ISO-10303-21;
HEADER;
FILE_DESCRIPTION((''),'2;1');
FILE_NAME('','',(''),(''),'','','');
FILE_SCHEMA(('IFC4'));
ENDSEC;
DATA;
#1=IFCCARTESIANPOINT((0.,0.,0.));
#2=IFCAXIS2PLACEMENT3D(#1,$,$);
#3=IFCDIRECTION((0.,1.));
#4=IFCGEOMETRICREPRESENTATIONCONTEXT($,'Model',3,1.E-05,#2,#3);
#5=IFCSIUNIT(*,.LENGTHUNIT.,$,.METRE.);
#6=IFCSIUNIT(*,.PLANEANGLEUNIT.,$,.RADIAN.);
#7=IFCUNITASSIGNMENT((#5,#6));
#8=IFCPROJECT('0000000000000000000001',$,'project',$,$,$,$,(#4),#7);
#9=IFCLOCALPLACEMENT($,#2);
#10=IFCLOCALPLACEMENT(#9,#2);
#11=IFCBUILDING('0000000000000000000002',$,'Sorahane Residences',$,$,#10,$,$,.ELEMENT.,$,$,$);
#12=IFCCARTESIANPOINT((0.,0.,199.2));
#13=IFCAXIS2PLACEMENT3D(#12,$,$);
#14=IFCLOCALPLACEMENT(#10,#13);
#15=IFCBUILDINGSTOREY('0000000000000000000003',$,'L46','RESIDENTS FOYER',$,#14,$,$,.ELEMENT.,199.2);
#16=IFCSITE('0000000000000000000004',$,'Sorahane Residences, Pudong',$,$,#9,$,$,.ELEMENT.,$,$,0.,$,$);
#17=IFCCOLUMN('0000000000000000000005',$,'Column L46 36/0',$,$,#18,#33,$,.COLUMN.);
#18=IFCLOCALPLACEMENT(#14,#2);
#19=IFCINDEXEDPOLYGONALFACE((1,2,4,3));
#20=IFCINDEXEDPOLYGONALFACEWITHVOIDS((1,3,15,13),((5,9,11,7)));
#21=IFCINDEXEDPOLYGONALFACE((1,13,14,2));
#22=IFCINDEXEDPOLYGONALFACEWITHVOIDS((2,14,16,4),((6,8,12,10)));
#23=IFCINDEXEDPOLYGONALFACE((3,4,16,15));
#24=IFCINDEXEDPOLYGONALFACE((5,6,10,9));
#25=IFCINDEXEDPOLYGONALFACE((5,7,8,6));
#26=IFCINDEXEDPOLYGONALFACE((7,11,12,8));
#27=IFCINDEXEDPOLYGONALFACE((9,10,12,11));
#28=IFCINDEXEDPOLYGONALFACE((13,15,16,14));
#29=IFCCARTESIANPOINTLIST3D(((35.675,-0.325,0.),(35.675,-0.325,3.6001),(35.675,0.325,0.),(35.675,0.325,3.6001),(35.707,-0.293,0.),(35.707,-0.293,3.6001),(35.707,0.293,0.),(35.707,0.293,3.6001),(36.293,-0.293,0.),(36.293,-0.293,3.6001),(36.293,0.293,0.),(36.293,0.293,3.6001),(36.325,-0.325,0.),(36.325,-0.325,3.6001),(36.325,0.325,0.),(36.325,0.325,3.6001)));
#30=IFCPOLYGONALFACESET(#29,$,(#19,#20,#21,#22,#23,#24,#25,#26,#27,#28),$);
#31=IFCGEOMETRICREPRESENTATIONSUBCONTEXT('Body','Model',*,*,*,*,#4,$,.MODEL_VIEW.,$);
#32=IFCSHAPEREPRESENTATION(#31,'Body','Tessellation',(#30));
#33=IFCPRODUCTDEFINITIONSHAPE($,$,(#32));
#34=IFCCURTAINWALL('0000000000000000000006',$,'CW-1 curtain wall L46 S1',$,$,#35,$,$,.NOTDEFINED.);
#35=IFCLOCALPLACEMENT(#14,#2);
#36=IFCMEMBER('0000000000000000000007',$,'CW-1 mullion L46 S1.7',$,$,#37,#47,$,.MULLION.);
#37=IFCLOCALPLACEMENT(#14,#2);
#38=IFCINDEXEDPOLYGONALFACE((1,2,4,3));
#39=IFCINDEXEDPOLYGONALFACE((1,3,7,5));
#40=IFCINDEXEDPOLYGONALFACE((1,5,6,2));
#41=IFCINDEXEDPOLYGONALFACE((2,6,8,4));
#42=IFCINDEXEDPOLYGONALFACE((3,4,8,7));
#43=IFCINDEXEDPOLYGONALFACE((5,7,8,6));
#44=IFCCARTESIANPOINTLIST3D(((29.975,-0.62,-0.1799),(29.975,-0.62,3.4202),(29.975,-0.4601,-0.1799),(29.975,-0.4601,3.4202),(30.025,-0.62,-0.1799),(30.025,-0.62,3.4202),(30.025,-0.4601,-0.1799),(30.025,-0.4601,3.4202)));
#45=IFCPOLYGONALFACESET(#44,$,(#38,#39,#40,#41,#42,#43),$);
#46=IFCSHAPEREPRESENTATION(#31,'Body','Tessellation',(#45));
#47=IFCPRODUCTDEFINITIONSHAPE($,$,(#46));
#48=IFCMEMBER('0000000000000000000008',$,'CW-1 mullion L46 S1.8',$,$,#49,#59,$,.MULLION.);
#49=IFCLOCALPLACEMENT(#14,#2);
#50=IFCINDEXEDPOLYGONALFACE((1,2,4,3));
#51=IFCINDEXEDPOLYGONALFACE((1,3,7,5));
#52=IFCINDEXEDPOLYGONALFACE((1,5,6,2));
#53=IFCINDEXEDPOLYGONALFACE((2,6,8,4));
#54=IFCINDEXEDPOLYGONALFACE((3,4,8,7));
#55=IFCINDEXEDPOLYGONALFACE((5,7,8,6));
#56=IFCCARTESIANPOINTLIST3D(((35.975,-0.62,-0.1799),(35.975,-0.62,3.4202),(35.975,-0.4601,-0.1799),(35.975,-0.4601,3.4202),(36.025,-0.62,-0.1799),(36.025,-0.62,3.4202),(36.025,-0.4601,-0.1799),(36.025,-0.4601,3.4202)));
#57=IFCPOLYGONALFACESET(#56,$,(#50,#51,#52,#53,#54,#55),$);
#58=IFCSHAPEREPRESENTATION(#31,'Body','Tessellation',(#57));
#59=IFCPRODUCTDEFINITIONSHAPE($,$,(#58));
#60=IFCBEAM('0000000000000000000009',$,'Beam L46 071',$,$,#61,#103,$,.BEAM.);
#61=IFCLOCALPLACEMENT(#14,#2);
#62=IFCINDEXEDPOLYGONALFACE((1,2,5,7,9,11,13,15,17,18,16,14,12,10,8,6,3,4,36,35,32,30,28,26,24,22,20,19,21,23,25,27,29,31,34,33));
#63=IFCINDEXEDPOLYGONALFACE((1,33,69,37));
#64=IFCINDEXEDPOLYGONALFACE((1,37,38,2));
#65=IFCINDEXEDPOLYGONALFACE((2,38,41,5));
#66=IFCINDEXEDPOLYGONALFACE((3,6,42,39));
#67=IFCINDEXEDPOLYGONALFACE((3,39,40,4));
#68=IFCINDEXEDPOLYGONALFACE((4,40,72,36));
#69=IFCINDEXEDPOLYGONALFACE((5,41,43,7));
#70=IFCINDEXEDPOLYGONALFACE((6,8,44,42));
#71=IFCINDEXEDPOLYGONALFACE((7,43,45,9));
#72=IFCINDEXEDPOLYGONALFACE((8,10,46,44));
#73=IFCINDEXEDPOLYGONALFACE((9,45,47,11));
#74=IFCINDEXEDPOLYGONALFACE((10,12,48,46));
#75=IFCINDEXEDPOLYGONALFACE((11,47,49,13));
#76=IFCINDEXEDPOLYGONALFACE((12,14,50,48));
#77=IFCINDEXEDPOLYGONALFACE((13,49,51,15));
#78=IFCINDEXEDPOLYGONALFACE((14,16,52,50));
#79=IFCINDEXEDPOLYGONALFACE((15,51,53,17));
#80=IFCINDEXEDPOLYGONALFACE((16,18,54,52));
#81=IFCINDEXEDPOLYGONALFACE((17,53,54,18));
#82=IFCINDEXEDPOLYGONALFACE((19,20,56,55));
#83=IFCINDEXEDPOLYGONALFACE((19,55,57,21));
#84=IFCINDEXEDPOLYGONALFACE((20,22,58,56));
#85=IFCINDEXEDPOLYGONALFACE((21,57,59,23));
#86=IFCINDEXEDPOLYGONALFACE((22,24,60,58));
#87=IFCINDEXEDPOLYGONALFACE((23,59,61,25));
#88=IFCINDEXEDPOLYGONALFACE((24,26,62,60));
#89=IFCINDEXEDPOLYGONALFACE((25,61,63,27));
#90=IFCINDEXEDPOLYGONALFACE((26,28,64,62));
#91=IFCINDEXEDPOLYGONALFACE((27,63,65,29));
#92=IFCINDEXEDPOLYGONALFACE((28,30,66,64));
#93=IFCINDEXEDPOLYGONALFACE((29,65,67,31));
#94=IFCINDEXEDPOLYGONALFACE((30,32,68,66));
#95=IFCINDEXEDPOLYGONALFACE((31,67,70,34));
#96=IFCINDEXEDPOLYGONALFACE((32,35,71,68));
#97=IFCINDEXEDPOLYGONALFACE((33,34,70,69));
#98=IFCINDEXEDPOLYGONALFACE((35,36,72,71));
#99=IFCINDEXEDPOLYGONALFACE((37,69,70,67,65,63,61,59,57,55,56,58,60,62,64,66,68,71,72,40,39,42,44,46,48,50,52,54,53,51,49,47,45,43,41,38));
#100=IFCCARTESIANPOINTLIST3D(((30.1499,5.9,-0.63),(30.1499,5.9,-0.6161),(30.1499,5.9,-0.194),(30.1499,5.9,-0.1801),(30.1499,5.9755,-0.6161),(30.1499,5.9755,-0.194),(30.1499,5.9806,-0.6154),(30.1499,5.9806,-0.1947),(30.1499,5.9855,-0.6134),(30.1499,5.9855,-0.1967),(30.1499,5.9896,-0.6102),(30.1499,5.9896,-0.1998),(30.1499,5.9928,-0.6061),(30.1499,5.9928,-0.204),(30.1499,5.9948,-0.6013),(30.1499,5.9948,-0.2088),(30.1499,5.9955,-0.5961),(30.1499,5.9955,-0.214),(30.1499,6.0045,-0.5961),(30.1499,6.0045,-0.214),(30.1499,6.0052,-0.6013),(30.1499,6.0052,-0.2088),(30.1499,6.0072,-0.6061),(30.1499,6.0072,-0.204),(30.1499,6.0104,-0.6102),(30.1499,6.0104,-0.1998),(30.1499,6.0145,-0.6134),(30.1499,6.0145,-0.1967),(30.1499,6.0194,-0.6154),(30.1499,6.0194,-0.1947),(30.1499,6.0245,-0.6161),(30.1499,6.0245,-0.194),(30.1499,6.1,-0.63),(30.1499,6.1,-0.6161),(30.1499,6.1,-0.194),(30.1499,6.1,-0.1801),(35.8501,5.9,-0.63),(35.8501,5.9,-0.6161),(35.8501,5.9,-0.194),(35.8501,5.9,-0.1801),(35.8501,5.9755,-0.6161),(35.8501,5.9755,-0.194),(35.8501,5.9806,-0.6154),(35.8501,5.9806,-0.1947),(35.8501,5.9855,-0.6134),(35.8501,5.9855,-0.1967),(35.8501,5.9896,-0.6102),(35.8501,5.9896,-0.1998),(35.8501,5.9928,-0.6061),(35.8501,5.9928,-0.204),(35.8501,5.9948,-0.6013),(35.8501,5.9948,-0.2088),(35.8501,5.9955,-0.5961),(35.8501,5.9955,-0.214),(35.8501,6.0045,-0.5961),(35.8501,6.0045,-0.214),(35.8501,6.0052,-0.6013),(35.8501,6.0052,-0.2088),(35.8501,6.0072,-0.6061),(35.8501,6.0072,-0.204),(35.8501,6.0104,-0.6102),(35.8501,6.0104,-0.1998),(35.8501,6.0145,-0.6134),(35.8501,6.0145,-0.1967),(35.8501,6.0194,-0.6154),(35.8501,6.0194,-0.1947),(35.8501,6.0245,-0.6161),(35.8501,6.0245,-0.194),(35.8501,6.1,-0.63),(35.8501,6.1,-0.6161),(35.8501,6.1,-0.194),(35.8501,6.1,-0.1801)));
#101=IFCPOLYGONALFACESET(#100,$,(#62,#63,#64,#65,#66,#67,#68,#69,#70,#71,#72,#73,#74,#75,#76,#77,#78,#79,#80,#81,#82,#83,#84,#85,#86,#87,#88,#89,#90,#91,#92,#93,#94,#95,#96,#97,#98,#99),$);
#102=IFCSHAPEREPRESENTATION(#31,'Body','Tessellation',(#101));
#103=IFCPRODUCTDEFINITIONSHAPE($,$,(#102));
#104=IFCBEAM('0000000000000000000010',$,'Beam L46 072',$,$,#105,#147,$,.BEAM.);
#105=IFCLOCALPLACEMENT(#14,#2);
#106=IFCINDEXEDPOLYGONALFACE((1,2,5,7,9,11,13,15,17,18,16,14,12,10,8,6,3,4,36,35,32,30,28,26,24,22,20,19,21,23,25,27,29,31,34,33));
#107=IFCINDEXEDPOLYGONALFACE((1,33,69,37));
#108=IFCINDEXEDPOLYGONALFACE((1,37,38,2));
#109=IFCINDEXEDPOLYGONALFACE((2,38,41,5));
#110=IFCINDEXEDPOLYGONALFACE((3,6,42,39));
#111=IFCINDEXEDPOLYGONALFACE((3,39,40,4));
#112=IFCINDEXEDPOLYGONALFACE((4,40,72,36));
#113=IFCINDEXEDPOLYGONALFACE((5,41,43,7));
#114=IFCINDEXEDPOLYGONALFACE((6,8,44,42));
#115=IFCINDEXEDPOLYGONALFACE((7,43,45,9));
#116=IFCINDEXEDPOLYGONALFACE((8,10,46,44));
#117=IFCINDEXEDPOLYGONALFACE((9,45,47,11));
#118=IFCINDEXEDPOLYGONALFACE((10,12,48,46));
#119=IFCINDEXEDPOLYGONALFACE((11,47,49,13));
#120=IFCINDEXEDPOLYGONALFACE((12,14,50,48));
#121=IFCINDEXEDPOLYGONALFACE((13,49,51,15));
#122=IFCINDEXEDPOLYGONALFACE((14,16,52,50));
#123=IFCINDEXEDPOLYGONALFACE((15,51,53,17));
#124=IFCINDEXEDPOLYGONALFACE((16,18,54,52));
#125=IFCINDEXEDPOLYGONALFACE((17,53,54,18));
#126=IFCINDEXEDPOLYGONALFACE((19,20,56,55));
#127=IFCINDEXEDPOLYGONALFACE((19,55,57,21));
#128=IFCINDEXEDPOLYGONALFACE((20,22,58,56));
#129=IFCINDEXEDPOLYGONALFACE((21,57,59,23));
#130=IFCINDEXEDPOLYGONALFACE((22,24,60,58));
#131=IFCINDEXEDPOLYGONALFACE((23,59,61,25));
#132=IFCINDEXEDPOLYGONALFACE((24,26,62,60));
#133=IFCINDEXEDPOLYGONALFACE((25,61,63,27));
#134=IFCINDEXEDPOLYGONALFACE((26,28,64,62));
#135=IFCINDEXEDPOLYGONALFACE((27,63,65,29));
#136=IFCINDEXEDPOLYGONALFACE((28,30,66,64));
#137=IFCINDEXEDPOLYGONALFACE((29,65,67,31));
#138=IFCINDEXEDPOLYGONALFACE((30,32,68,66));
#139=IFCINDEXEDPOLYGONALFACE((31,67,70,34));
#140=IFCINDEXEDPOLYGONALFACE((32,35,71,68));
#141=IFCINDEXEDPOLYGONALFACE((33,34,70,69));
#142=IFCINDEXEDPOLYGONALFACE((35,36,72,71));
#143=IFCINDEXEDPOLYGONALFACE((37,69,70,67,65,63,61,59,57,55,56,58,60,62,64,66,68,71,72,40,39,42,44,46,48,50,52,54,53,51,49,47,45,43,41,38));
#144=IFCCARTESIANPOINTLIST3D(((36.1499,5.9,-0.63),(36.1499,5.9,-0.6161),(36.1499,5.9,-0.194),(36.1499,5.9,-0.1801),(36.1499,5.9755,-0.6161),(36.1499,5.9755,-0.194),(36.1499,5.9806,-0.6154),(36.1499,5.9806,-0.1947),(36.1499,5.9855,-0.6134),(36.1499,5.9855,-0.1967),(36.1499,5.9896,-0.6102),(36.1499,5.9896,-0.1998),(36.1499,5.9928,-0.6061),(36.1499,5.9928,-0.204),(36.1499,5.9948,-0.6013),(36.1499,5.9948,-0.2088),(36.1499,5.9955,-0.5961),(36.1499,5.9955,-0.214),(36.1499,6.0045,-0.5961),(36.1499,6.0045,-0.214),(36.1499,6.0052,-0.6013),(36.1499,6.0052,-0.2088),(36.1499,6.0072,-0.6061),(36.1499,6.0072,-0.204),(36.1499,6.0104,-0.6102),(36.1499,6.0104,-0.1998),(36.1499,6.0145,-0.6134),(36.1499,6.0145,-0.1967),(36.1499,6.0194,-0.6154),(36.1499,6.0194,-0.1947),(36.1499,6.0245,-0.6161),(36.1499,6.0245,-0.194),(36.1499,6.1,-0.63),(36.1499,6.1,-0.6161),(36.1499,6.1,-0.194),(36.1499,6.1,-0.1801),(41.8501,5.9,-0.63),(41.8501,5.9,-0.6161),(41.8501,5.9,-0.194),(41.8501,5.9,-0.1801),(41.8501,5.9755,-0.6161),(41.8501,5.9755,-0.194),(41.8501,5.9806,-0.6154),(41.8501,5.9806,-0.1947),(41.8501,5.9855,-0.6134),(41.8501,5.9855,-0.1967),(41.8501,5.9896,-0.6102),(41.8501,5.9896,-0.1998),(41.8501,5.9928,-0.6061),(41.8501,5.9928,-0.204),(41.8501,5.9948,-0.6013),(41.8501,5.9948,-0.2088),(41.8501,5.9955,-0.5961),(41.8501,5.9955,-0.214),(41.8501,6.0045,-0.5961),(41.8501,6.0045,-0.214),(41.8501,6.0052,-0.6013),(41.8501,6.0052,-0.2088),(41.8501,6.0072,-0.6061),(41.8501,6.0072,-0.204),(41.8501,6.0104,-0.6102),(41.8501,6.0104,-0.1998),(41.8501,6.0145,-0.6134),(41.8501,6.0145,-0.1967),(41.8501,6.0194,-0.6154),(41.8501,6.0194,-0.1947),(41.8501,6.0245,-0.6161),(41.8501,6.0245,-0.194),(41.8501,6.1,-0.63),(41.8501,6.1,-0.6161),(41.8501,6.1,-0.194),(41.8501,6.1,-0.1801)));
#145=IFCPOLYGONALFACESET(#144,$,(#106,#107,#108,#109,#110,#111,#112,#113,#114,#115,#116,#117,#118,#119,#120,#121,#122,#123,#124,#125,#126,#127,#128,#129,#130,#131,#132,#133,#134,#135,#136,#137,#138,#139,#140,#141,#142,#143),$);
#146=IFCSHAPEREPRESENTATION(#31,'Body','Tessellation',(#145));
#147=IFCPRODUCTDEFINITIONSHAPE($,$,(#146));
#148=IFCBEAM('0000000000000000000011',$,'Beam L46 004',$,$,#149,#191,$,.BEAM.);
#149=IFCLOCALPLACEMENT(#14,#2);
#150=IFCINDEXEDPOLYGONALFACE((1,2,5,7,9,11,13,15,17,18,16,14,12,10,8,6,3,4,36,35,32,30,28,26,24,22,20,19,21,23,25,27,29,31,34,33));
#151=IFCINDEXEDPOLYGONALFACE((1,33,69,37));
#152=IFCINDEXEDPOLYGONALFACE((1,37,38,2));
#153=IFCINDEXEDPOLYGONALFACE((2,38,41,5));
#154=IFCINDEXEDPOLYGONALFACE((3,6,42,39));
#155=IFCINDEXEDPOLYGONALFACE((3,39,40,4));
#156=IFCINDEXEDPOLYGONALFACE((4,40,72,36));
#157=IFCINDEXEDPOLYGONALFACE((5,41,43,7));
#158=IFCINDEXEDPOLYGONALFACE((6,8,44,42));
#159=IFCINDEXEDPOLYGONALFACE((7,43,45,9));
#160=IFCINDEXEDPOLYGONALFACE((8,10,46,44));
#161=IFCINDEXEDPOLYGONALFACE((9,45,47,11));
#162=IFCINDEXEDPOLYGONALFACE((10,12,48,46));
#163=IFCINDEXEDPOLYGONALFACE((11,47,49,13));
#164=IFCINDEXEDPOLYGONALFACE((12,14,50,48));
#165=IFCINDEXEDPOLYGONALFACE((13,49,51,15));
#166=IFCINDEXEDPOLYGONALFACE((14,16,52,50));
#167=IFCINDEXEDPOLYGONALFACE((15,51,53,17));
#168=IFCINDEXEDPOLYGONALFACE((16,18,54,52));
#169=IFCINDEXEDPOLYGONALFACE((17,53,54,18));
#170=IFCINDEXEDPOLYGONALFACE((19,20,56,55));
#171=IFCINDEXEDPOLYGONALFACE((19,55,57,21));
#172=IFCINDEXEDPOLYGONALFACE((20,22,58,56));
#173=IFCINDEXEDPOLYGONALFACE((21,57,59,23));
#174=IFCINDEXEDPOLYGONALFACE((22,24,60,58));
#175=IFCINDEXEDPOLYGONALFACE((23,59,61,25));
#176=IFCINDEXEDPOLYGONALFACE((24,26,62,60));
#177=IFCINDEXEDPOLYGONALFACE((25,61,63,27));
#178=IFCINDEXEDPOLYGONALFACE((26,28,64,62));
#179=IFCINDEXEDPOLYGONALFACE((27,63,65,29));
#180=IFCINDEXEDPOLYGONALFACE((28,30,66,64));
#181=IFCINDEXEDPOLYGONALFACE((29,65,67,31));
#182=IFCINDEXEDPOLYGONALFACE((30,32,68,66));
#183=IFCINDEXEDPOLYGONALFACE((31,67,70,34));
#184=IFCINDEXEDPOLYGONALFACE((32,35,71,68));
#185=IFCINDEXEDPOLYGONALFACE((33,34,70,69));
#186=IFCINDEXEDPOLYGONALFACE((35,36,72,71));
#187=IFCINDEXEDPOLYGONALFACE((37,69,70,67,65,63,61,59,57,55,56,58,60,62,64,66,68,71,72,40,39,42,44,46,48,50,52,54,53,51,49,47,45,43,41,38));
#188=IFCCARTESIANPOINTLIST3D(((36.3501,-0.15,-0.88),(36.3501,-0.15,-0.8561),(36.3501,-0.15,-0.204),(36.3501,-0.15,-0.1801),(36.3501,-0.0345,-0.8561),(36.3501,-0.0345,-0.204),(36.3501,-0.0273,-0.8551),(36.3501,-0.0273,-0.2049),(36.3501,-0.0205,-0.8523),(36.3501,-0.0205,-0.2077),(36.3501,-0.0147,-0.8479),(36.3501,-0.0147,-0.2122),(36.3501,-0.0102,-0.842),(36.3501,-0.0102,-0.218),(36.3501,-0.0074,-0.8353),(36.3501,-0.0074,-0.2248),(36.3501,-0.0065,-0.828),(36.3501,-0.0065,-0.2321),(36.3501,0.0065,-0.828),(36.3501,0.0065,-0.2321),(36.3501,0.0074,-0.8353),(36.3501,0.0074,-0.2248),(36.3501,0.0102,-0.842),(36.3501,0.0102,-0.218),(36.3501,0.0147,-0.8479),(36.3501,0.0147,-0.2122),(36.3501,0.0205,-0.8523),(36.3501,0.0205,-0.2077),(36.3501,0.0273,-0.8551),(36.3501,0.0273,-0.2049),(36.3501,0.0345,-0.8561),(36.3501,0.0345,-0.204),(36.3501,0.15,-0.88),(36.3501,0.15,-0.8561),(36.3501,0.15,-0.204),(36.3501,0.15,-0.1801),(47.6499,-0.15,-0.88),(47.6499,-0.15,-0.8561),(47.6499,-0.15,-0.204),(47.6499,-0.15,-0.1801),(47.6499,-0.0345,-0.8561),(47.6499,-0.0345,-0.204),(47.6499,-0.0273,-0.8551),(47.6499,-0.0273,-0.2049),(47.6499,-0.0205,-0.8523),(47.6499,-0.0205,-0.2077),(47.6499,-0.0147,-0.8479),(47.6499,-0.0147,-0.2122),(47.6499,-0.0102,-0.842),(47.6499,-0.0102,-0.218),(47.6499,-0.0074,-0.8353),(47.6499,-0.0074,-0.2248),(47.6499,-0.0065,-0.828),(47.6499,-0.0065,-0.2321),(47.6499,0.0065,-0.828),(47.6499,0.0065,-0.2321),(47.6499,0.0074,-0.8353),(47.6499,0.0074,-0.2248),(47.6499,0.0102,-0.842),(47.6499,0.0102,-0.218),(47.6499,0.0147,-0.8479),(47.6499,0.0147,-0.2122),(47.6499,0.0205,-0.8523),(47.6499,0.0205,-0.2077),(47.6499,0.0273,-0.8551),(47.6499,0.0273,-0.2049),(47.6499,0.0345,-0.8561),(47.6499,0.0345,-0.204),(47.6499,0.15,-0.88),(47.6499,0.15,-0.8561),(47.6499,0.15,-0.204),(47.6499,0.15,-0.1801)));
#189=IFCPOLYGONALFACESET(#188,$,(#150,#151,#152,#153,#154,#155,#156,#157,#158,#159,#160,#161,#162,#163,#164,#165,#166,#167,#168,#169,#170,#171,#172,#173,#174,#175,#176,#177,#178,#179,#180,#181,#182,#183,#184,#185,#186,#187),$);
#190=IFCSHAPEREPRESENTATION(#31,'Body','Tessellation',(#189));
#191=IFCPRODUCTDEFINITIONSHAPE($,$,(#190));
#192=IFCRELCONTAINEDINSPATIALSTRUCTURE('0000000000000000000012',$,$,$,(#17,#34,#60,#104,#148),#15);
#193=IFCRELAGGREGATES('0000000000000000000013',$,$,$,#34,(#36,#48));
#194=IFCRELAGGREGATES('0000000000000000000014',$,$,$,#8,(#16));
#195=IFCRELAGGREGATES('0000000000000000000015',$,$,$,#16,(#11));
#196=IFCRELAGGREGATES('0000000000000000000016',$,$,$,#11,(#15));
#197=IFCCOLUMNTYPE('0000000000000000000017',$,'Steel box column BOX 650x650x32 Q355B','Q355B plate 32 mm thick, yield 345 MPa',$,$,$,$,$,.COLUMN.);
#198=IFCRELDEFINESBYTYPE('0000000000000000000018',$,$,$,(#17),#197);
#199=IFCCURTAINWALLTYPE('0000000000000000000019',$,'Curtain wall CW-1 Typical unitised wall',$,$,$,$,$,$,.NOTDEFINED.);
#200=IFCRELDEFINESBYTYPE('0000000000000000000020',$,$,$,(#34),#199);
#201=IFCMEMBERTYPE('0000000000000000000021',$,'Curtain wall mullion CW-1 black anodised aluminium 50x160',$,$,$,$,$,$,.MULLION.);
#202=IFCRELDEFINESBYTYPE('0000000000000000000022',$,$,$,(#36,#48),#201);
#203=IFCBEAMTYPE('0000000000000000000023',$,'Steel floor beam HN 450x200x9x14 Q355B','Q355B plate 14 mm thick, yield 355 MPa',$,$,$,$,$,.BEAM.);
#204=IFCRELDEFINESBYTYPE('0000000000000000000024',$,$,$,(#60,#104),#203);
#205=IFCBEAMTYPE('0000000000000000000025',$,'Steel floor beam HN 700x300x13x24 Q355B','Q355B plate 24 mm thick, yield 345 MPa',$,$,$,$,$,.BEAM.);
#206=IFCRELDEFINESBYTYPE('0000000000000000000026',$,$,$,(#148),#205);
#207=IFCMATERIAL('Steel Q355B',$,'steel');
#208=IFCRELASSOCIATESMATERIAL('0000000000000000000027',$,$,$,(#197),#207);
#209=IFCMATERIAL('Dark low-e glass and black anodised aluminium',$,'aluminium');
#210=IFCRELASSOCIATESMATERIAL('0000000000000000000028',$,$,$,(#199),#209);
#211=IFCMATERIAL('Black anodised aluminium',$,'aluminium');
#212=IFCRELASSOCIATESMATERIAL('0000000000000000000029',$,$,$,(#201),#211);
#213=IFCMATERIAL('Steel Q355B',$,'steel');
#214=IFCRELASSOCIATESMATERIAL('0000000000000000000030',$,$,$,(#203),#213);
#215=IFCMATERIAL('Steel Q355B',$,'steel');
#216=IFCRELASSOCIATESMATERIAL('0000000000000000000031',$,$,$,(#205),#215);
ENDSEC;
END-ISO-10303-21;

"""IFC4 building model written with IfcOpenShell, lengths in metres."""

from ifc_helpers import new_model, si_unit, direction, frame, origin, origin_2d, place, context, subcontext, project, spatial, rectangle, hollow_rectangle, i_section, extrude, material, material_profile, profile_set, type_object, element, aggregate, save


model = new_model("IFC4")

# Units and contexts
model_context = context("Model", 3, precision=1e-05, world=origin(), true_north=direction((0.0, 1.0)))
body_context = subcontext(model_context, "Body", "Model", "MODEL_VIEW")
ifc_project = project(units=[si_unit("LENGTHUNIT", "METRE"), si_unit("PLANEANGLEUNIT", "RADIAN")], contexts=[model_context])

# Site, building, storey
site_placement = place(None, origin())
site = spatial("IfcSite", under=ifc_project, at=site_placement, Name="Sorahane Residences, Pudong", CompositionType="ELEMENT", RefElevation=0.0)
building_placement = place(site_placement, origin())
building = spatial("IfcBuilding", under=site, at=building_placement, Name="Sorahane Residences", CompositionType="ELEMENT")
storey_placement = place(building_placement, frame((0.0, 0.0, 199.2)))
storey = spatial("IfcBuildingStorey", under=building, at=storey_placement, Name="L46", Description="RESIDENTS FOYER", CompositionType="ELEMENT", Elevation=199.2)

# Column
ifc_material_1 = material(Name="Steel Q355B", Category="steel")
ifc_material_profile_1 = material_profile(ifc_material_1, hollow_rectangle(XDim=0.6499, YDim=0.6499, WallThickness=0.032, at=origin_2d()), Name="BOX 650x650x32")
ifc_profile_set_1 = profile_set([ifc_material_profile_1], Name="Steel Q355B")
column_type = type_object("IfcColumnType", Name="Steel box column BOX 650x650x32 Q355B", Description="Q355B plate 32 mm thick, yield 345 MPa", PredefinedType="COLUMN", material=ifc_profile_set_1)
column_placement = place(storey_placement, frame((36.0, 0.0, 0.0), z_axis=(0.0, 0.0, 1.0), x_axis=(1.0, 0.0, 0.0)))
element("IfcColumn", 1, at=column_placement, inside=storey, type_object=column_type, Name="Column L46 36/0", PredefinedType="COLUMN", context=body_context, shape_type="SweptSolid", body=[
    extrude(hollow_rectangle(XDim=0.6499, YDim=0.6499, WallThickness=0.032, at=origin_2d()), origin(), (0.0, 0.0, 1.0), 3.6001),
])

# Curtain wall, members
ifc_material_2 = material(Name="Dark low-e glass and black anodised aluminium", Category="aluminium")
curtain_wall_type = type_object("IfcCurtainWallType", Name="Curtain wall CW-1 Typical unitised wall", PredefinedType="NOTDEFINED", material=ifc_material_2)
curtain_wall_placement = place(storey_placement, origin())
curtain_wall = element("IfcCurtainWall", 2, at=curtain_wall_placement, inside=storey, type_object=curtain_wall_type, Name="CW-1 curtain wall L46 S1", PredefinedType="NOTDEFINED")
ifc_material_3 = material(Name="Black anodised aluminium", Category="aluminium")
ifc_material_profile_2 = material_profile(ifc_material_3, rectangle(XDim=0.1599, YDim=0.05, at=origin_2d()), Name="Curtain wall mullion CW-1 black anodised aluminium 50x160")
ifc_profile_set_2 = profile_set([ifc_material_profile_2], Name="Black anodised aluminium")
member_type = type_object("IfcMemberType", Name="Curtain wall mullion CW-1 black anodised aluminium 50x160", PredefinedType="MULLION", material=ifc_profile_set_2)
member_1_placement = place(storey_placement, frame((30.0, -0.54, -0.1799), z_axis=(0.0, 0.0, 1.0), x_axis=(0.0, -1.0, 0.0)))
member_1 = element("IfcMember", 3, at=member_1_placement, type_object=member_type, Name="CW-1 mullion L46 S1.7", PredefinedType="MULLION", context=body_context, shape_type="SweptSolid", body=[
    extrude(rectangle(XDim=0.1599, YDim=0.05, at=origin_2d()), origin(), (0.0, 0.0, 1.0), 3.6001),
])
member_2_placement = place(storey_placement, frame((36.0, -0.54, -0.1799), z_axis=(0.0, 0.0, 1.0), x_axis=(0.0, -1.0, 0.0)))
member_2 = element("IfcMember", 4, at=member_2_placement, type_object=member_type, Name="CW-1 mullion L46 S1.8", PredefinedType="MULLION", context=body_context, shape_type="SweptSolid", body=[
    extrude(rectangle(XDim=0.1599, YDim=0.05, at=origin_2d()), origin(), (0.0, 0.0, 1.0), 3.6001),
])

# Beams
ifc_material_4 = material(Name="Steel Q355B", Category="steel")
ifc_material_profile_3 = material_profile(ifc_material_4, i_section(OverallWidth=0.2, OverallDepth=0.45, WebThickness=0.009, FlangeThickness=0.0139, FilletRadius=0.02, at=origin_2d()), Name="HN 450x200x9x14")
ifc_profile_set_3 = profile_set([ifc_material_profile_3], Name="Steel Q355B")
beam_type_1 = type_object("IfcBeamType", Name="Steel floor beam HN 450x200x9x14 Q355B", Description="Q355B plate 14 mm thick, yield 355 MPa", PredefinedType="BEAM", material=ifc_profile_set_3)
for number, where, z_axis, x_axis, name in (
    (5, (30.1499, 6.0, -0.405), (1.0, 0.0, 0.0), (0.0, 1.0, 0.0), "Beam L46 071"),
    (6, (36.1499, 6.0, -0.405), (1.0, 0.0, 0.0), (0.0, 1.0, 0.0), "Beam L46 072"),
):
    element("IfcBeam", number, at=place(storey_placement, frame(where, z_axis=z_axis, x_axis=x_axis)), inside=storey, type_object=beam_type_1, Name=name, PredefinedType="BEAM", context=body_context, shape_type="SweptSolid", body=[
        extrude(i_section(OverallWidth=0.2, OverallDepth=0.45, WebThickness=0.009, FlangeThickness=0.0139, FilletRadius=0.02, at=origin_2d()), origin(), (0.0, 0.0, 1.0), 5.7002),
    ])
ifc_material_5 = material(Name="Steel Q355B", Category="steel")
ifc_material_profile_4 = material_profile(ifc_material_5, i_section(OverallWidth=0.3, OverallDepth=0.7, WebThickness=0.0129, FlangeThickness=0.0239, FilletRadius=0.0281, at=origin_2d()), Name="HN 700x300x13x24")
ifc_profile_set_4 = profile_set([ifc_material_profile_4], Name="Steel Q355B")
beam_type_2 = type_object("IfcBeamType", Name="Steel floor beam HN 700x300x13x24 Q355B", Description="Q355B plate 24 mm thick, yield 345 MPa", PredefinedType="BEAM", material=ifc_profile_set_4)
beam_1_placement = place(storey_placement, frame((36.3501, 0.0, -0.53), z_axis=(1.0, 0.0, 0.0), x_axis=(0.0, 1.0, 0.0)))
element("IfcBeam", 7, at=beam_1_placement, inside=storey, type_object=beam_type_2, Name="Beam L46 004", PredefinedType="BEAM", context=body_context, shape_type="SweptSolid", body=[
    extrude(i_section(OverallWidth=0.3, OverallDepth=0.7, WebThickness=0.0129, FlangeThickness=0.0239, FilletRadius=0.0281, at=origin_2d()), origin(), (0.0, 0.0, 1.0), 11.2998),
])

aggregate(curtain_wall, [member_1, member_2])

save(model, "model.ifc")
